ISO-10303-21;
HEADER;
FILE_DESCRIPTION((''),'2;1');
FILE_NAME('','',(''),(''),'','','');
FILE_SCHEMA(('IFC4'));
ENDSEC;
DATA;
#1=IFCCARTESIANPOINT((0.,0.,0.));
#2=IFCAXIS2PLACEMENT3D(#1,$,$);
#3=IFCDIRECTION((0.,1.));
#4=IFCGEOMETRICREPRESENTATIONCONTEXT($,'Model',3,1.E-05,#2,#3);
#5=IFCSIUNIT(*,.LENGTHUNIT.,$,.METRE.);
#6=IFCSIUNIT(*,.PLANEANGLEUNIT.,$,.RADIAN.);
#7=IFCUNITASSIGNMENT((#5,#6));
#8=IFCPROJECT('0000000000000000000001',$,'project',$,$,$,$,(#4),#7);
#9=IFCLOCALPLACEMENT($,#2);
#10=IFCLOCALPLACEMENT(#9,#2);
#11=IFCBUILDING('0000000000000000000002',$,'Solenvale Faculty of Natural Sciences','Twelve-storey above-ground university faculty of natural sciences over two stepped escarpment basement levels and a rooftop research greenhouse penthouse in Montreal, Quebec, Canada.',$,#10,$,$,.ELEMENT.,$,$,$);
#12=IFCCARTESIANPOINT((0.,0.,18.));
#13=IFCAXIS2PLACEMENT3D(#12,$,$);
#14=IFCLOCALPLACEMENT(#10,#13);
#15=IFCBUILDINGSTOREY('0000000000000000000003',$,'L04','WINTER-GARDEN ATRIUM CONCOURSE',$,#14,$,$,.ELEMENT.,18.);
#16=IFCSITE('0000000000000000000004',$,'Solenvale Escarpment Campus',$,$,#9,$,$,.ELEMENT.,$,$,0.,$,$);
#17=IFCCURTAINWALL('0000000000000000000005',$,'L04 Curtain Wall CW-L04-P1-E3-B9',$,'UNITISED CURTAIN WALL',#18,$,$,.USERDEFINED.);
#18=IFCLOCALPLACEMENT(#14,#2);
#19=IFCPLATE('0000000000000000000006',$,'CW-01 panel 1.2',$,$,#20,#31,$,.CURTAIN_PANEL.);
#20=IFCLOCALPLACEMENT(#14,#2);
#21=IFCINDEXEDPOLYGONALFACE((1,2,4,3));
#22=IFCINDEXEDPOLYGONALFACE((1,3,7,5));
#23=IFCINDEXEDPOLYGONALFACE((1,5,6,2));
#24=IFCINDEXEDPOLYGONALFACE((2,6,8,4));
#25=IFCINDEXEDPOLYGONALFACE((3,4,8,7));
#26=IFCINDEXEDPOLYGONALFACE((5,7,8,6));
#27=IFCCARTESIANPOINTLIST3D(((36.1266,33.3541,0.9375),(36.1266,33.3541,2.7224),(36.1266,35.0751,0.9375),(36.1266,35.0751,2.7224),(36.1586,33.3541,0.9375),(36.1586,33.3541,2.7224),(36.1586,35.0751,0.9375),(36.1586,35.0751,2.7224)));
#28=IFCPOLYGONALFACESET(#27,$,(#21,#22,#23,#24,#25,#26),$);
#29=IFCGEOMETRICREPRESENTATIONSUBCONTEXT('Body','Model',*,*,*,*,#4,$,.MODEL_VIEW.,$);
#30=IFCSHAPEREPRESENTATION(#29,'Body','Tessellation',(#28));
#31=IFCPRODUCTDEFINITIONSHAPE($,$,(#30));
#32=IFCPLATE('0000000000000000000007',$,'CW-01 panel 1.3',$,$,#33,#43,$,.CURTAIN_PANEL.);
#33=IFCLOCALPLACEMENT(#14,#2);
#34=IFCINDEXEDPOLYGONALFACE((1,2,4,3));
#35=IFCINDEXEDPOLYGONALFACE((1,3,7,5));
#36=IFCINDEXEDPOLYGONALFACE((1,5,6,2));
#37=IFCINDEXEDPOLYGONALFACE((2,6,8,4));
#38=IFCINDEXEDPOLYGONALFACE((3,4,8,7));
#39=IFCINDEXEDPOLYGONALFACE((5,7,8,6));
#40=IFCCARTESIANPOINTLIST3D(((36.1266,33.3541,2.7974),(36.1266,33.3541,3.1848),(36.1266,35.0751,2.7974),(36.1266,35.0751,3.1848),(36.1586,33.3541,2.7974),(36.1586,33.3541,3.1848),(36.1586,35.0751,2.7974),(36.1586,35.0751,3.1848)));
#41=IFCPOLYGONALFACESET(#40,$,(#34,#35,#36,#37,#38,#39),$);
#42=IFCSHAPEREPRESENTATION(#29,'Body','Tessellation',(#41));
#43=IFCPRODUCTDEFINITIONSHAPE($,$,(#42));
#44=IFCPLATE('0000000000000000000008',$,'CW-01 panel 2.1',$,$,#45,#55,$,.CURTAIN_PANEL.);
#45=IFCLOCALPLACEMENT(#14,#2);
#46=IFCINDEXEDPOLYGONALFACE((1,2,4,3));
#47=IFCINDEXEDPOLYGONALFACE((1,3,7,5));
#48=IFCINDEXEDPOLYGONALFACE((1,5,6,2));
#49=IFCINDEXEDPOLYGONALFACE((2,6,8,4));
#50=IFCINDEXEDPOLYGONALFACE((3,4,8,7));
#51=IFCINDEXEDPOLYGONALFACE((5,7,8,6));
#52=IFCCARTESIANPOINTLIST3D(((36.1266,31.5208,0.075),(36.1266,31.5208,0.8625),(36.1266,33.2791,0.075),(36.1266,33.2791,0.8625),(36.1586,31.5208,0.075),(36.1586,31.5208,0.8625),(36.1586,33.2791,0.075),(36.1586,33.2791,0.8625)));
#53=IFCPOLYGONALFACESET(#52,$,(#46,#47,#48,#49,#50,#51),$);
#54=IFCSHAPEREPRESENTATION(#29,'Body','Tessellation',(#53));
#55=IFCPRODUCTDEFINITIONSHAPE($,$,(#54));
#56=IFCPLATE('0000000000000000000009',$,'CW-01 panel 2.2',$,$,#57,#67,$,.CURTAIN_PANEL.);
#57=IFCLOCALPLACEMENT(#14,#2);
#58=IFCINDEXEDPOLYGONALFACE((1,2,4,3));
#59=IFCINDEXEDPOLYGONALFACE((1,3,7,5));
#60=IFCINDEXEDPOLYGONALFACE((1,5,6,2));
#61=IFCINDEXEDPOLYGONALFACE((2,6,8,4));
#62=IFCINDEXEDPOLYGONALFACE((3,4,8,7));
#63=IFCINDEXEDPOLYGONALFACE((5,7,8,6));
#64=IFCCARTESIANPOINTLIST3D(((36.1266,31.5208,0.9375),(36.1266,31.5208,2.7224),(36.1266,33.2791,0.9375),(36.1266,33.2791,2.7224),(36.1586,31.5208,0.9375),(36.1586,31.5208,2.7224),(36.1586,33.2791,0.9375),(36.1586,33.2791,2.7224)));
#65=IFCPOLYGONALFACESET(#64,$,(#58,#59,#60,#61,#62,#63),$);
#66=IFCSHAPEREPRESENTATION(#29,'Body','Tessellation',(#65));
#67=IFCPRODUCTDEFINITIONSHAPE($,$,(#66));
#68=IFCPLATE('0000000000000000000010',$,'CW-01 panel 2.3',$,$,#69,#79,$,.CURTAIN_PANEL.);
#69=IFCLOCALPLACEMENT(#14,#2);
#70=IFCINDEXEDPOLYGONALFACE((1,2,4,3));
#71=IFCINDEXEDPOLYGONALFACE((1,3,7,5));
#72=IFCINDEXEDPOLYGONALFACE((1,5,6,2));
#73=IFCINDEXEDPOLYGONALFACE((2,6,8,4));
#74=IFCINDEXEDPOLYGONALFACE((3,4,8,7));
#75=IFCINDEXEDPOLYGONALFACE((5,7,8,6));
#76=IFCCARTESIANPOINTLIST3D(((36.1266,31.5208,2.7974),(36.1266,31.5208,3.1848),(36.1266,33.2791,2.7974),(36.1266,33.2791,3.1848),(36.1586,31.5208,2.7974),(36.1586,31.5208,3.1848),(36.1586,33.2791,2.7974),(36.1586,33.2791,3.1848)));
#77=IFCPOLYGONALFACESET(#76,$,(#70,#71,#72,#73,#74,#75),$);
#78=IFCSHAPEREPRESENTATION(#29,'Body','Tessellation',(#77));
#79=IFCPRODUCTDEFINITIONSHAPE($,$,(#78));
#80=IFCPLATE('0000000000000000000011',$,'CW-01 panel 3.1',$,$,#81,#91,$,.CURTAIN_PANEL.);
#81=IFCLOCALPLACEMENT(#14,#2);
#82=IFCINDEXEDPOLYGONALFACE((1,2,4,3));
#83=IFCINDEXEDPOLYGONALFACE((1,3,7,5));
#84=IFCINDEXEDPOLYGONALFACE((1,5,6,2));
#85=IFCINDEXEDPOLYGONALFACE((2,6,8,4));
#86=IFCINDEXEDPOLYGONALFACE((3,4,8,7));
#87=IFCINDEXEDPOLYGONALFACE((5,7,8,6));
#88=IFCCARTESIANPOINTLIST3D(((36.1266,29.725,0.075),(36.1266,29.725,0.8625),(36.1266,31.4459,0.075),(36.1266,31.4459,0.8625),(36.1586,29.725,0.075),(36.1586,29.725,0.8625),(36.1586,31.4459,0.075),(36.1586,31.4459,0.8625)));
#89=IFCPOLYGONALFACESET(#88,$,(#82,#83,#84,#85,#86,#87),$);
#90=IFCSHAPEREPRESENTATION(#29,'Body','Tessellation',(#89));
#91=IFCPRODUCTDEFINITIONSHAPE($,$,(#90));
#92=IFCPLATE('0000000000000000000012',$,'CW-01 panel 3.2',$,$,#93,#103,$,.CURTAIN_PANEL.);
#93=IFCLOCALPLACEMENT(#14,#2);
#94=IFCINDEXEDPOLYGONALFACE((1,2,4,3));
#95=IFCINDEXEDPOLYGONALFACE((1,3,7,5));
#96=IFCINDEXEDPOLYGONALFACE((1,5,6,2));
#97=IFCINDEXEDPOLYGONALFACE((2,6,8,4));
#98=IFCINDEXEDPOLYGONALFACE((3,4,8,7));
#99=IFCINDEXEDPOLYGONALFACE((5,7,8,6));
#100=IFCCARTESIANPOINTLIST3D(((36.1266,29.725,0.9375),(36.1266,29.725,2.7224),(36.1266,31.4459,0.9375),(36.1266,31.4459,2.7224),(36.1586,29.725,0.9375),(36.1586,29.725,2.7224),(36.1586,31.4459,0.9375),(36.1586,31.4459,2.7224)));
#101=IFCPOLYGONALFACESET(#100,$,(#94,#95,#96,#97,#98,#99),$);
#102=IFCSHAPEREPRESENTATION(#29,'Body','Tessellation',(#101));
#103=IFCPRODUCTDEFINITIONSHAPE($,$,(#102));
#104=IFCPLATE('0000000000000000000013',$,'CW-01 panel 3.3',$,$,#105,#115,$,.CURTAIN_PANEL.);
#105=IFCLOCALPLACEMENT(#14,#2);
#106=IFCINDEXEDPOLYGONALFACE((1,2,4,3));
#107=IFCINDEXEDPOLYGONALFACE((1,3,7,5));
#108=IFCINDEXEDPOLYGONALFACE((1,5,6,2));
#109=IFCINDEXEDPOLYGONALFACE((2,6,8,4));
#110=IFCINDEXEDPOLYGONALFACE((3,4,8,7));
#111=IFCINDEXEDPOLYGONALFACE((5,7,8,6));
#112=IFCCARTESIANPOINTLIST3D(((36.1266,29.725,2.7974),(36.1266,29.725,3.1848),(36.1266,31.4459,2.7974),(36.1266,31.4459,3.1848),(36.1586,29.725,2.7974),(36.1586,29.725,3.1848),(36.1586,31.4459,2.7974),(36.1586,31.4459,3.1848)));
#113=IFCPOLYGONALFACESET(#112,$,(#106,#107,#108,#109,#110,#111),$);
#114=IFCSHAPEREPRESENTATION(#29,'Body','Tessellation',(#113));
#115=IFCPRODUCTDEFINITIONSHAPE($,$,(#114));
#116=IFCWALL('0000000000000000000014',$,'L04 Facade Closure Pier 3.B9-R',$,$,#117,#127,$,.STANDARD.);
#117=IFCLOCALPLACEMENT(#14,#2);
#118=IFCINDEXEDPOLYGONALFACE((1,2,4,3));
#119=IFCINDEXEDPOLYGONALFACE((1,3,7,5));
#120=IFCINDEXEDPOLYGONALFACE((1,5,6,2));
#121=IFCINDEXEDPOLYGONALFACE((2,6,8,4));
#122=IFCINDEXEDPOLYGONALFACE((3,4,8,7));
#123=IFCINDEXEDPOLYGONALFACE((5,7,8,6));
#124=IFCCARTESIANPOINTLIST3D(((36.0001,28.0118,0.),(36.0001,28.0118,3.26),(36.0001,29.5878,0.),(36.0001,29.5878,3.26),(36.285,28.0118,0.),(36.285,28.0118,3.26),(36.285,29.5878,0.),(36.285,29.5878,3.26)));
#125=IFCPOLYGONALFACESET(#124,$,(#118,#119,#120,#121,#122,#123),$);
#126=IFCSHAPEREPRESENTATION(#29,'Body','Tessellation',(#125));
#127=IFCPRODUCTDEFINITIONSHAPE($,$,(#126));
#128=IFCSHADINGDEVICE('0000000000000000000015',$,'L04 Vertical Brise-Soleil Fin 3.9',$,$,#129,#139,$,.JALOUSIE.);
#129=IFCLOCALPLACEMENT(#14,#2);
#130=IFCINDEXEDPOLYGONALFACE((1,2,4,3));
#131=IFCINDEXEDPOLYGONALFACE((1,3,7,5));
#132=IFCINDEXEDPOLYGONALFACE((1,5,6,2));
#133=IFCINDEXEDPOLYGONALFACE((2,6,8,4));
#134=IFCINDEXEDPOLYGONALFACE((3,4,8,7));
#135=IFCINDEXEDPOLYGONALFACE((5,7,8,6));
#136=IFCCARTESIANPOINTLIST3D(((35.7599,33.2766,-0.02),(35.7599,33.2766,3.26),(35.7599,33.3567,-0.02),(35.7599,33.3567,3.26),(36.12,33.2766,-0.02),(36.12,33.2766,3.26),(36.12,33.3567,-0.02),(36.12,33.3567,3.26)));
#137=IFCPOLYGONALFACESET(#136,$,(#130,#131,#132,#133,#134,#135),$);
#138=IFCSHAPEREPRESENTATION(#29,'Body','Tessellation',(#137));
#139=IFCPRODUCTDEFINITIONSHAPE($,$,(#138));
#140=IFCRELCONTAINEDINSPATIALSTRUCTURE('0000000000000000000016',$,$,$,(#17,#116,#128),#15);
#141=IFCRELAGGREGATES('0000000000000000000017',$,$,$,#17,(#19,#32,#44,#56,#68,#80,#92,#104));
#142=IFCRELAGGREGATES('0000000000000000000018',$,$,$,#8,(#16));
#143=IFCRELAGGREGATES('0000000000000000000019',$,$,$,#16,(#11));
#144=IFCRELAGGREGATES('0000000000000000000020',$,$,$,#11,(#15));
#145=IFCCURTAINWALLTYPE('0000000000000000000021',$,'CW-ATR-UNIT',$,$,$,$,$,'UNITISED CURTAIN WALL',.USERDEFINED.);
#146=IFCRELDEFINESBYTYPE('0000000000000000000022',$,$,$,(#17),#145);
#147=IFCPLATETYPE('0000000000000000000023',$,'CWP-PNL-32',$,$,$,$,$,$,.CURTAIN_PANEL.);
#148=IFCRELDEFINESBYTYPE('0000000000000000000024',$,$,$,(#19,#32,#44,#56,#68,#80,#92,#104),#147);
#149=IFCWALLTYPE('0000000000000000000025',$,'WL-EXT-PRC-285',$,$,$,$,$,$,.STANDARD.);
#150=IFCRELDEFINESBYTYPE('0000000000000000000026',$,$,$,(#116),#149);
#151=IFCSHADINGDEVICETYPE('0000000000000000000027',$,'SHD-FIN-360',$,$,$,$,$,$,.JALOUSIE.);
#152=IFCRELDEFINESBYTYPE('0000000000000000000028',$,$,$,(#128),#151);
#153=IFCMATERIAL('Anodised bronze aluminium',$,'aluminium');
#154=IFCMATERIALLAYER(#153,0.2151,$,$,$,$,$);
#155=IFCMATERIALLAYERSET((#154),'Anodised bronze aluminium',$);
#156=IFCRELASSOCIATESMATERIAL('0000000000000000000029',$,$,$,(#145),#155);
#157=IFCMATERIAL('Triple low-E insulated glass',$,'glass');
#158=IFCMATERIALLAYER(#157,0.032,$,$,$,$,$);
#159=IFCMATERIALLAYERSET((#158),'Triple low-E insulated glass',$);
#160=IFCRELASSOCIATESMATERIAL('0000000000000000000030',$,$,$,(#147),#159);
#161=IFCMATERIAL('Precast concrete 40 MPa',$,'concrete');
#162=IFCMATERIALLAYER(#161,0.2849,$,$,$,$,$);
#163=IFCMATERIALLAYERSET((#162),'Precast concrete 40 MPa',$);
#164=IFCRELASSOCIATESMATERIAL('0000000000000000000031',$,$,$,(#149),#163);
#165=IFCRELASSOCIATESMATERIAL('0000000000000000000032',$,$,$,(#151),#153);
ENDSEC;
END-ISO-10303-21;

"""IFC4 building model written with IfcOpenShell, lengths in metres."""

from ifc_helpers import new_model, si_unit, direction, frame, frame_2d, origin, origin_2d, place, context, subcontext, project, spatial, rectangle, extrude, material, layer, layer_set, material_profile, profile_set, type_object, element, aggregate, save


model = new_model("IFC4")

# Units and contexts
model_context = context("Model", 3, precision=1e-05, world=origin(), true_north=direction((0.0, 1.0)))
body_context = subcontext(model_context, "Body", "Model", "MODEL_VIEW")
ifc_project = project(units=[si_unit("LENGTHUNIT", "METRE"), si_unit("PLANEANGLEUNIT", "RADIAN")], contexts=[model_context])

# Site, building, storey
site_placement = place(None, origin())
site = spatial("IfcSite", under=ifc_project, at=site_placement, Name="Solenvale Escarpment Campus", CompositionType="ELEMENT", RefElevation=0.0)
building_placement = place(site_placement, origin())
building = spatial("IfcBuilding", under=site, at=building_placement, Name="Solenvale Faculty of Natural Sciences", Description="Twelve-storey above-ground university faculty of natural sciences over two stepped escarpment basement levels and a rooftop research greenhouse penthouse in Montreal, Quebec, Canada.", CompositionType="ELEMENT")
storey_placement = place(building_placement, frame((0.0, 0.0, 18.0)))
storey = spatial("IfcBuildingStorey", under=building, at=storey_placement, Name="L04", Description="WINTER-GARDEN ATRIUM CONCOURSE", CompositionType="ELEMENT", Elevation=18.0)

# Curtain wall, plates
ifc_material_1 = material(Name="Anodised bronze aluminium", Category="aluminium")
ifc_layer_1 = layer(ifc_material_1, 0.2151)
ifc_layer_set_1 = layer_set([ifc_layer_1], Name="Anodised bronze aluminium")
curtain_wall_type = type_object("IfcCurtainWallType", Name="CW-ATR-UNIT", ElementType="UNITISED CURTAIN WALL", PredefinedType="USERDEFINED", material=ifc_layer_set_1)
curtain_wall_placement = place(storey_placement, origin())
curtain_wall = element("IfcCurtainWall", 1, at=curtain_wall_placement, inside=storey, type_object=curtain_wall_type, Name="L04 Curtain Wall CW-L04-P1-E3-B9", ObjectType="UNITISED CURTAIN WALL", PredefinedType="USERDEFINED")
ifc_material_2 = material(Name="Triple low-E insulated glass", Category="glass")
ifc_layer_2 = layer(ifc_material_2, 0.032)
ifc_layer_set_2 = layer_set([ifc_layer_2], Name="Triple low-E insulated glass")
plate_type = type_object("IfcPlateType", Name="CWP-PNL-32", PredefinedType="CURTAIN_PANEL", material=ifc_layer_set_2)
plate_1_placement = place(storey_placement, frame((36.1426, 34.2146, 0.9375), z_axis=(0.0, 0.0, 1.0), x_axis=(0.0, -1.0, 0.0)))
plate_1 = element("IfcPlate", 2, at=plate_1_placement, type_object=plate_type, Name="CW-01 panel 1.2", PredefinedType="CURTAIN_PANEL", context=body_context, shape_type="SweptSolid", body=[
    extrude(rectangle(XDim=1.7209, YDim=0.032, at=origin_2d()), origin(), (0.0, 0.0, 1.0), 1.7849),
])
plate_2_placement = place(storey_placement, frame((36.1426, 34.2146, 2.7974), z_axis=(0.0, 0.0, 1.0), x_axis=(0.0, -1.0, 0.0)))
plate_2 = element("IfcPlate", 3, at=plate_2_placement, type_object=plate_type, Name="CW-01 panel 1.3", PredefinedType="CURTAIN_PANEL", context=body_context, shape_type="SweptSolid", body=[
    extrude(rectangle(XDim=1.7209, YDim=0.032, at=origin_2d()), origin(), (0.0, 0.0, 1.0), 0.3875),
])
plate_3_placement = place(storey_placement, frame((36.1426, 32.3999, 0.075), z_axis=(0.0, 0.0, 1.0), x_axis=(0.0, -1.0, 0.0)))
plate_3 = element("IfcPlate", 4, at=plate_3_placement, type_object=plate_type, Name="CW-01 panel 2.1", PredefinedType="CURTAIN_PANEL", context=body_context, shape_type="SweptSolid", body=[
    extrude(rectangle(XDim=1.7583, YDim=0.032, at=origin_2d()), origin(), (0.0, 0.0, 1.0), 0.7876),
])
plate_4_placement = place(storey_placement, frame((36.1426, 32.3999, 0.9375), z_axis=(0.0, 0.0, 1.0), x_axis=(0.0, -1.0, 0.0)))
plate_4 = element("IfcPlate", 5, at=plate_4_placement, type_object=plate_type, Name="CW-01 panel 2.2", PredefinedType="CURTAIN_PANEL", context=body_context, shape_type="SweptSolid", body=[
    extrude(rectangle(XDim=1.7583, YDim=0.032, at=origin_2d()), origin(), (0.0, 0.0, 1.0), 1.7849),
])
plate_5_placement = place(storey_placement, frame((36.1426, 32.3999, 2.7974), z_axis=(0.0, 0.0, 1.0), x_axis=(0.0, -1.0, 0.0)))
plate_5 = element("IfcPlate", 6, at=plate_5_placement, type_object=plate_type, Name="CW-01 panel 2.3", PredefinedType="CURTAIN_PANEL", context=body_context, shape_type="SweptSolid", body=[
    extrude(rectangle(XDim=1.7583, YDim=0.032, at=origin_2d()), origin(), (0.0, 0.0, 1.0), 0.3875),
])
plate_6_placement = place(storey_placement, frame((36.1426, 30.5854, 0.075), z_axis=(0.0, 0.0, 1.0), x_axis=(0.0, -1.0, 0.0)))
plate_6 = element("IfcPlate", 7, at=plate_6_placement, type_object=plate_type, Name="CW-01 panel 3.1", PredefinedType="CURTAIN_PANEL", context=body_context, shape_type="SweptSolid", body=[
    extrude(rectangle(XDim=1.7209, YDim=0.032, at=origin_2d()), origin(), (0.0, 0.0, 1.0), 0.7876),
])
plate_7_placement = place(storey_placement, frame((36.1426, 30.5854, 0.9375), z_axis=(0.0, 0.0, 1.0), x_axis=(0.0, -1.0, 0.0)))
plate_7 = element("IfcPlate", 8, at=plate_7_placement, type_object=plate_type, Name="CW-01 panel 3.2", PredefinedType="CURTAIN_PANEL", context=body_context, shape_type="SweptSolid", body=[
    extrude(rectangle(XDim=1.7209, YDim=0.032, at=origin_2d()), origin(), (0.0, 0.0, 1.0), 1.7849),
])
plate_8_placement = place(storey_placement, frame((36.1426, 30.5854, 2.7974), z_axis=(0.0, 0.0, 1.0), x_axis=(0.0, -1.0, 0.0)))
plate_8 = element("IfcPlate", 9, at=plate_8_placement, type_object=plate_type, Name="CW-01 panel 3.3", PredefinedType="CURTAIN_PANEL", context=body_context, shape_type="SweptSolid", body=[
    extrude(rectangle(XDim=1.7209, YDim=0.032, at=origin_2d()), origin(), (0.0, 0.0, 1.0), 0.3875),
])
aggregate(curtain_wall, [plate_1, plate_2, plate_3, plate_4, plate_5, plate_6, plate_7, plate_8])

# Wall
ifc_material_3 = material(Name="Precast concrete 40 MPa", Category="concrete")
ifc_layer_3 = layer(ifc_material_3, 0.2849)
ifc_layer_set_3 = layer_set([ifc_layer_3], Name="Precast concrete 40 MPa")
wall_type = type_object("IfcWallType", Name="WL-EXT-PRC-285", PredefinedType="STANDARD", material=ifc_layer_set_3)
wall_placement = place(storey_placement, frame((36.1426, 29.5879, 0.0), z_axis=(0.0, 0.0, 1.0), x_axis=(0.0, -1.0, 0.0)))
element("IfcWall", 10, at=wall_placement, inside=storey, type_object=wall_type, Name="L04 Facade Closure Pier 3.B9-R", PredefinedType="STANDARD", context=body_context, shape_type="SweptSolid", body=[
    extrude(rectangle(XDim=1.5759, YDim=0.2849, at=frame_2d((0.7881, 0.0))), origin(), (0.0, 0.0, 1.0), 3.26),
])

# Shading device
ifc_material_profile_1 = material_profile(ifc_material_1, rectangle(XDim=0.0801, YDim=0.3601, at=origin_2d()), Name="ALU-FIN-80x360")
ifc_profile_set_1 = profile_set([ifc_material_profile_1], Name="Anodised bronze aluminium")
shading_device_type = type_object("IfcShadingDeviceType", Name="SHD-FIN-360", PredefinedType="JALOUSIE", material=ifc_profile_set_1)
shading_device_placement = place(storey_placement, frame((35.9399, 33.3167, -0.02), z_axis=(0.0, 0.0, 1.0), x_axis=(0.0, 1.0, 0.0)))
element("IfcShadingDevice", 11, at=shading_device_placement, inside=storey, type_object=shading_device_type, Name="L04 Vertical Brise-Soleil Fin 3.9", PredefinedType="JALOUSIE", context=body_context, shape_type="SweptSolid", body=[
    extrude(rectangle(XDim=0.0801, YDim=0.3601, at=origin_2d()), origin(), (0.0, 0.0, 1.0), 3.28),
])

save(model, "model.ifc")
